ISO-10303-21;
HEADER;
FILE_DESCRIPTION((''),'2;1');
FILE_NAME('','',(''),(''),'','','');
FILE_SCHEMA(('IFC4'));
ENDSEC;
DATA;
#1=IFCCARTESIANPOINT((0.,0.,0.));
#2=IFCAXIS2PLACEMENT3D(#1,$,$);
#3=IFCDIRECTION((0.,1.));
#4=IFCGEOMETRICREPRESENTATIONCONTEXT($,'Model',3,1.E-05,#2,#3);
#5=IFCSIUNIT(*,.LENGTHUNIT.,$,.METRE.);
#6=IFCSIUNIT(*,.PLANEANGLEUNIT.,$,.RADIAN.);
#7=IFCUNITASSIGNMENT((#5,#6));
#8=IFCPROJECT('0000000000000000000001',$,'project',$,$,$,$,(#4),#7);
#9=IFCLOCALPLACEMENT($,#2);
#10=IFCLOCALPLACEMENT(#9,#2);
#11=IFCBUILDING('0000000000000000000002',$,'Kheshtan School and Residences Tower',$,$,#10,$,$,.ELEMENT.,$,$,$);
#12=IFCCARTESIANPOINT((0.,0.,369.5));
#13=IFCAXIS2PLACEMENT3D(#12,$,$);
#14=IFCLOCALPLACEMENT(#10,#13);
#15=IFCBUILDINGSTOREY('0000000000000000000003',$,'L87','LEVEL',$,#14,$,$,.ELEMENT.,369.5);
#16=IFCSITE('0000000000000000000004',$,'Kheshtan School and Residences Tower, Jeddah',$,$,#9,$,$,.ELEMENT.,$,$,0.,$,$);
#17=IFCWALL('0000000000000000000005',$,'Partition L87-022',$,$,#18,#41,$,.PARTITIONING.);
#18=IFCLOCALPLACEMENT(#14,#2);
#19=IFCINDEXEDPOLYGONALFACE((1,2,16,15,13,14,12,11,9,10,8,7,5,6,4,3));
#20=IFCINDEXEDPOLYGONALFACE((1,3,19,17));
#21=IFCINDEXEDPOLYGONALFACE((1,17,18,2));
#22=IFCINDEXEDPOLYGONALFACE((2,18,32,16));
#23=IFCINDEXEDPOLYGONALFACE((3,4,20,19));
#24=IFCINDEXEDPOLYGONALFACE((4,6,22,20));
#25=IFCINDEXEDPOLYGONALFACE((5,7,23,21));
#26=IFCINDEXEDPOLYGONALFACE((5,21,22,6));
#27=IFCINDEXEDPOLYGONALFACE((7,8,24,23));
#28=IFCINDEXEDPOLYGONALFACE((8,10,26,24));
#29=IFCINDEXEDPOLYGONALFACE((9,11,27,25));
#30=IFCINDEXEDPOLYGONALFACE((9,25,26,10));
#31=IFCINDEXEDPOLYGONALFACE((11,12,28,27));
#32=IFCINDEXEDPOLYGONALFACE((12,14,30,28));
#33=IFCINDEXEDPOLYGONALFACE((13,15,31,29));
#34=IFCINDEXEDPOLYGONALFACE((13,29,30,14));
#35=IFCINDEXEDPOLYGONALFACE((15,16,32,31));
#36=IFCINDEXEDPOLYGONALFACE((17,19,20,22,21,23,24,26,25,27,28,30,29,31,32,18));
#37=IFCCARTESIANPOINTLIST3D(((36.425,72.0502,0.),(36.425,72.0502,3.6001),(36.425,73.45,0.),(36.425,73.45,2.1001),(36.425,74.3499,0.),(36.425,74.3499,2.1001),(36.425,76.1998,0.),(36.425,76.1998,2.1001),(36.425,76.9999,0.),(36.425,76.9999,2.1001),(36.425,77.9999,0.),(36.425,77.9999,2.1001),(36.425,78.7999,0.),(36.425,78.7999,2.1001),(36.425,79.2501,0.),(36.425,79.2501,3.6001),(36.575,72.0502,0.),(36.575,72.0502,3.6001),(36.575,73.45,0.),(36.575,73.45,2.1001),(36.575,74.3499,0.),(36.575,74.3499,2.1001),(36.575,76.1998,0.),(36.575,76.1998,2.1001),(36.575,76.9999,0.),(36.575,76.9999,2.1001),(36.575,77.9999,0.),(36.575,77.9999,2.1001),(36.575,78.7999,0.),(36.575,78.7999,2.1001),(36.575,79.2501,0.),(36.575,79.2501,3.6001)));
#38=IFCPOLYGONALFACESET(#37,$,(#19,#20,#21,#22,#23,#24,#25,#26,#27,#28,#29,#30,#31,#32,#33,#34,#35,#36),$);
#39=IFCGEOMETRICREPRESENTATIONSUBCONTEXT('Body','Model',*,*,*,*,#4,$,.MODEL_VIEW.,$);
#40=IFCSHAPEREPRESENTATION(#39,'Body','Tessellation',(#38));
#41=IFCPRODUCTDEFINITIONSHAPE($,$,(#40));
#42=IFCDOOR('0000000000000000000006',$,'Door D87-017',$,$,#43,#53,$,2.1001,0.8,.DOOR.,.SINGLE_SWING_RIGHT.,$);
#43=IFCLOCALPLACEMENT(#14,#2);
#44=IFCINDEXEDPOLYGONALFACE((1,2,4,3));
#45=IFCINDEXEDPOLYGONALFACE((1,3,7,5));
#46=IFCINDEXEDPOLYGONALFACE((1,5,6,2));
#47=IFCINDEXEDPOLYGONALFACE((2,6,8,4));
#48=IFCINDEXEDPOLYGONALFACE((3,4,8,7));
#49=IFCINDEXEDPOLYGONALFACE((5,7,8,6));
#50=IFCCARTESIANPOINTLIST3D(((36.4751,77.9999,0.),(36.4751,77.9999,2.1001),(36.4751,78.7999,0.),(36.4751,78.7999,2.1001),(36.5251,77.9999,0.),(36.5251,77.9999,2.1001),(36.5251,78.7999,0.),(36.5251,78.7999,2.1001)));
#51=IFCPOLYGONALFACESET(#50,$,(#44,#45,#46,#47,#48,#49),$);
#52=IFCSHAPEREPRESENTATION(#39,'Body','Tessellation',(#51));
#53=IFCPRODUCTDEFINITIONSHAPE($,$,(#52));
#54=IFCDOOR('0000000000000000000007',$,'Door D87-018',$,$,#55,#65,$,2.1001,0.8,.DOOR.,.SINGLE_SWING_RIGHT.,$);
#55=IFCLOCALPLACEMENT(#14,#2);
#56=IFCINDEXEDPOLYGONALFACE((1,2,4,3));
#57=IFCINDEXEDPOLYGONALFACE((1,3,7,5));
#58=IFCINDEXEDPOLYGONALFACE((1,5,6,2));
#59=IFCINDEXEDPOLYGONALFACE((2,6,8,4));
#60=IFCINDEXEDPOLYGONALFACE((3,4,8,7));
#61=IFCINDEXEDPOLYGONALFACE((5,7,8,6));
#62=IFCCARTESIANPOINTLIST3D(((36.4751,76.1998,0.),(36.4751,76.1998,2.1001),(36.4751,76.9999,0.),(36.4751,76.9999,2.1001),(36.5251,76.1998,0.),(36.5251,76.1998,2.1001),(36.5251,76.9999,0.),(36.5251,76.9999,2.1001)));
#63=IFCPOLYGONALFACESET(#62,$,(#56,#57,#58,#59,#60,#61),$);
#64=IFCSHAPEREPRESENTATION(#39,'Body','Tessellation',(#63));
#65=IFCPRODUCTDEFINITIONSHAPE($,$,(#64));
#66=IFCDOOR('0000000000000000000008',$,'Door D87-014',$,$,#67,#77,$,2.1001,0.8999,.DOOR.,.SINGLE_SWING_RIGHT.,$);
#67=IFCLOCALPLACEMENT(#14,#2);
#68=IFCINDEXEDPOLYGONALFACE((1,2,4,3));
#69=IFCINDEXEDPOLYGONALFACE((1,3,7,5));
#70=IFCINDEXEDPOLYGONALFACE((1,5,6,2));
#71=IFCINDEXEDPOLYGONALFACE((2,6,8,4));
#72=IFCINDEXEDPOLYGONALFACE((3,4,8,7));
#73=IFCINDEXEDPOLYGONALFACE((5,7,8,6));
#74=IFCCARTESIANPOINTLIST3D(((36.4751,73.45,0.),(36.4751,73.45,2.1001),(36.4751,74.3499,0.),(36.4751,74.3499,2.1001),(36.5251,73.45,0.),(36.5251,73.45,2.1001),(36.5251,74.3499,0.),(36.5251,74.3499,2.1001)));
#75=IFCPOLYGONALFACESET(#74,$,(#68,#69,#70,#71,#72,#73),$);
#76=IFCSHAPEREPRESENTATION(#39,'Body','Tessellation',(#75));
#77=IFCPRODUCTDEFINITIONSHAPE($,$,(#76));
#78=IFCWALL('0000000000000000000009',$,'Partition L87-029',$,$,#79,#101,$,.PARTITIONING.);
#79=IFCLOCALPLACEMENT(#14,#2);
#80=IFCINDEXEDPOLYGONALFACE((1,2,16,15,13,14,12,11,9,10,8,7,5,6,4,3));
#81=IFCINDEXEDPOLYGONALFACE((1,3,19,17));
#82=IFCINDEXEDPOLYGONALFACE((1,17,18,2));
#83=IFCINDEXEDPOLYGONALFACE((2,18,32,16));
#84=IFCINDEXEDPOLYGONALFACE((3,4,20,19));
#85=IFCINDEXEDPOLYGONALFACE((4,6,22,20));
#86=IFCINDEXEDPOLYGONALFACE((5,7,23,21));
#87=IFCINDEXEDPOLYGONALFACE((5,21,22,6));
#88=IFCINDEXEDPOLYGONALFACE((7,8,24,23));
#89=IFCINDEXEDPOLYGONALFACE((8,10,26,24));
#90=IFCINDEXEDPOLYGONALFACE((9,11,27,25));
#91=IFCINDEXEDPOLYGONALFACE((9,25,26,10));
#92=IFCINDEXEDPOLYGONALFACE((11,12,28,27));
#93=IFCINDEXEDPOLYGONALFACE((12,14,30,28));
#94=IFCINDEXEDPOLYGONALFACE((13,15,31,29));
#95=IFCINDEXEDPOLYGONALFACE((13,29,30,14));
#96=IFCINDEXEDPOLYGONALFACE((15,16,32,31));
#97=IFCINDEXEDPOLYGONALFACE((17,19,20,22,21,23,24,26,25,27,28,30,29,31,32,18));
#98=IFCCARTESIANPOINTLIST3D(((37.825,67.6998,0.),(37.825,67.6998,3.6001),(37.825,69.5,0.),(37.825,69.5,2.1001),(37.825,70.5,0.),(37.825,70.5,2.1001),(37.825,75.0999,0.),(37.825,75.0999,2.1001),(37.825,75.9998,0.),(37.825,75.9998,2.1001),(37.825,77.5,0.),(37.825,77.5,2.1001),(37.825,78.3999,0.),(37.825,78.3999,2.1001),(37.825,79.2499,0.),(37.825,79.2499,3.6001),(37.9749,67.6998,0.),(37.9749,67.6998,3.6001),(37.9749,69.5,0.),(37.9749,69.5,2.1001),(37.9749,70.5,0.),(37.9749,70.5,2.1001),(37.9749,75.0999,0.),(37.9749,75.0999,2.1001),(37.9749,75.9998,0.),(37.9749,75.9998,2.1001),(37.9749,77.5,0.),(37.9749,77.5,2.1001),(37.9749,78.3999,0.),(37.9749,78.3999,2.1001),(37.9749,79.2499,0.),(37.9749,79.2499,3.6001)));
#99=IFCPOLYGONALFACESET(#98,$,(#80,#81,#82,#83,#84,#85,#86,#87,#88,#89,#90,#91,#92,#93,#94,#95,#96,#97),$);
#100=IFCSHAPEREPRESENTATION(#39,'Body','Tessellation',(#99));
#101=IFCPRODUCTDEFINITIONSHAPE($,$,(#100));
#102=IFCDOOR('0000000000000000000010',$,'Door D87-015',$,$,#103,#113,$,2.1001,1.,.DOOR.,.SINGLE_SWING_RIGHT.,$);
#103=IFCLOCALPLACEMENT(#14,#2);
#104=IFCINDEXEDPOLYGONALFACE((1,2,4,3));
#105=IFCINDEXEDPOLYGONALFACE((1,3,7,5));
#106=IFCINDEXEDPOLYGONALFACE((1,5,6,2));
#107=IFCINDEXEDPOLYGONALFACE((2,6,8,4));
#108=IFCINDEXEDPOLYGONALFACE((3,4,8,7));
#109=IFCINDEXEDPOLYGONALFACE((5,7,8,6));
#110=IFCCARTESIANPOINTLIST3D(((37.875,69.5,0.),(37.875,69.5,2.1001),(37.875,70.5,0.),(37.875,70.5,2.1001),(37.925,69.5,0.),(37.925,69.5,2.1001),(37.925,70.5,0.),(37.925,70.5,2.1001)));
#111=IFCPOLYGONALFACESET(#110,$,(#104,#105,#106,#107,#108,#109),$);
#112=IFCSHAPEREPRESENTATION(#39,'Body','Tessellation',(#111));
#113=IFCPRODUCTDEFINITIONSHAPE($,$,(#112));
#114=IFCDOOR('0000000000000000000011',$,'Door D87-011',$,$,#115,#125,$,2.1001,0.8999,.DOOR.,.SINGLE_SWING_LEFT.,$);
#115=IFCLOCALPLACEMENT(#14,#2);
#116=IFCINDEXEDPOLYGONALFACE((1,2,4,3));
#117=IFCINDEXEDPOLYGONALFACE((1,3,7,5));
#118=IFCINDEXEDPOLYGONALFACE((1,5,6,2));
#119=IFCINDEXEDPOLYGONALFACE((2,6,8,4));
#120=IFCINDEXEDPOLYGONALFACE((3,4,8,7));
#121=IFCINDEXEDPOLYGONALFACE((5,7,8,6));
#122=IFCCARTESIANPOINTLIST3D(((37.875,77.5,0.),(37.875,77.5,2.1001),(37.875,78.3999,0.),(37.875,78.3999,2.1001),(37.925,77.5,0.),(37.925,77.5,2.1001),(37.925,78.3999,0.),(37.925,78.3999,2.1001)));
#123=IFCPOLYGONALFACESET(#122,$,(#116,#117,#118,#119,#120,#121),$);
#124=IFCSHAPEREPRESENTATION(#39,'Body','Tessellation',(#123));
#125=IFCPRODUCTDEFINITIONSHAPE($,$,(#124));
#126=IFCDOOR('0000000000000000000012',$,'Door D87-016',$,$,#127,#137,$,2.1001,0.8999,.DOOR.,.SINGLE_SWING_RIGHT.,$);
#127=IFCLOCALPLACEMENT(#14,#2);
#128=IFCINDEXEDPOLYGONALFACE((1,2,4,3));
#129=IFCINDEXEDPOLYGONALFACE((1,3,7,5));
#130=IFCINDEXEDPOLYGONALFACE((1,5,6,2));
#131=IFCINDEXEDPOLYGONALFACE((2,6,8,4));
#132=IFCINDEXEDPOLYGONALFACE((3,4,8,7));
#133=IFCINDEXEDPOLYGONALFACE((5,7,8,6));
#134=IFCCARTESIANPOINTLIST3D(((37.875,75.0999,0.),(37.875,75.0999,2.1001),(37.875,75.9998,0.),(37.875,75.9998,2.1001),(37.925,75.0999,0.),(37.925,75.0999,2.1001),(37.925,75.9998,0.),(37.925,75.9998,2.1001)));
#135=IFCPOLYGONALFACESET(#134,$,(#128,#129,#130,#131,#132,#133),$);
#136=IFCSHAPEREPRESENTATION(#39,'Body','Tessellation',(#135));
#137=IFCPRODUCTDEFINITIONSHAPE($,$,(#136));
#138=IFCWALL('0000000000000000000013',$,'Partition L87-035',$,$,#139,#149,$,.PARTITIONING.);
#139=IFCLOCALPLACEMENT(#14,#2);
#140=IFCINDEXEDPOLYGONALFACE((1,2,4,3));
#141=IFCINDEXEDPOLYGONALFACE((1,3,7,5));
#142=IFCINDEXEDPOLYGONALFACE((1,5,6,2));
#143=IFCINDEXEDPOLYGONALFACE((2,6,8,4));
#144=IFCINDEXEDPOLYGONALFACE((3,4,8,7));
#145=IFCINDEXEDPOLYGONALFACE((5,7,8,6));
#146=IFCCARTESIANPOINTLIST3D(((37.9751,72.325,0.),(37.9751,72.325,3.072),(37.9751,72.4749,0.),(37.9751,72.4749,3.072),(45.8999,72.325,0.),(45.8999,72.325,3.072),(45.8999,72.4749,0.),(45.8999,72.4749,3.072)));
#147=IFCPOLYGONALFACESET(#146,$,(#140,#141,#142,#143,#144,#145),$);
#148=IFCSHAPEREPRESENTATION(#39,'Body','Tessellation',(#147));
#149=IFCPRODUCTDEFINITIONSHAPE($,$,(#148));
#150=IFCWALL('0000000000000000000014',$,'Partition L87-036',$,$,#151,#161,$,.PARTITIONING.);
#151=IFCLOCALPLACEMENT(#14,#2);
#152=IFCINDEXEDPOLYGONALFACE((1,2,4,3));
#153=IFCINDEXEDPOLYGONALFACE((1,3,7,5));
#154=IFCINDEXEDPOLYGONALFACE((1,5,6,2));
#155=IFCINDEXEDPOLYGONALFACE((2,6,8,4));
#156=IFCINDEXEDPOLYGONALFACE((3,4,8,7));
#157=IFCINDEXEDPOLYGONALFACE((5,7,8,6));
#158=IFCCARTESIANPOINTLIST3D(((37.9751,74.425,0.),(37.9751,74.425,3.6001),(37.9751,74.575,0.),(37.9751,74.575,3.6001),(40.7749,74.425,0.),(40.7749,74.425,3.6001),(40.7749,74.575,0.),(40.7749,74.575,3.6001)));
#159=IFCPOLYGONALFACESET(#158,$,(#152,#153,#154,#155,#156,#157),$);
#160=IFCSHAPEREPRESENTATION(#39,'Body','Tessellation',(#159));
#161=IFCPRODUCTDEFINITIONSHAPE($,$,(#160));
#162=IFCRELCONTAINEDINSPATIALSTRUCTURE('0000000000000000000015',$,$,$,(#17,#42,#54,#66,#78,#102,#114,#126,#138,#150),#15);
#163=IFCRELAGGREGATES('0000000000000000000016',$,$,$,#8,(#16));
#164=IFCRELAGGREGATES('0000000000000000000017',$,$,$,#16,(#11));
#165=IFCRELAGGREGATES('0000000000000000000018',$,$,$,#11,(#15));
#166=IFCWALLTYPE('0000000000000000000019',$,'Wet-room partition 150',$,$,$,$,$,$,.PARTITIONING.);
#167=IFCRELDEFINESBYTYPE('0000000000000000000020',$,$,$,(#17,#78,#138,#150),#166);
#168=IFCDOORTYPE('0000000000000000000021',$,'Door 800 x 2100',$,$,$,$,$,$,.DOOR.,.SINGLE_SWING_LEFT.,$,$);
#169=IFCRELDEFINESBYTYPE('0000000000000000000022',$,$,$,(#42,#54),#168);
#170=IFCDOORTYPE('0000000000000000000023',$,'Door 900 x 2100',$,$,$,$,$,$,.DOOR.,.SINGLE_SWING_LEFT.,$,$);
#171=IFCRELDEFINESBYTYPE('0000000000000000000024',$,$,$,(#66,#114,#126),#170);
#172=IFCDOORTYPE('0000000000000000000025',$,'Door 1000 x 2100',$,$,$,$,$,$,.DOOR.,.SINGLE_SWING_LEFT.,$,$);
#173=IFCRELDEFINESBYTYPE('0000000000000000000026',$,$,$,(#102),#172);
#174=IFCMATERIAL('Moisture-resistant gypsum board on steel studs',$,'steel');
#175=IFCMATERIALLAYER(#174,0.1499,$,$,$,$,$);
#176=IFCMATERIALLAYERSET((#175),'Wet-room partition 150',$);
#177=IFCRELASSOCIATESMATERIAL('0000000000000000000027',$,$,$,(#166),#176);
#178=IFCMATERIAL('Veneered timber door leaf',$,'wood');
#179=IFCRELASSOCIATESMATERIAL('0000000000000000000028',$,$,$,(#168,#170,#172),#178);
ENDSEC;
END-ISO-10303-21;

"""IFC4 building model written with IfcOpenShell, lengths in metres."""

from ifc_helpers import new_model, si_unit, direction, frame, frame_2d, origin, place, context, subcontext, project, spatial, rectangle, extrude, source, transform, mapped, material, layer, layer_set, type_object, element, fill, save


model = new_model("IFC4")

# Units and contexts
model_context = context("Model", 3, precision=1e-05, world=origin(), true_north=direction((0.0, 1.0)))
body_context = subcontext(model_context, "Body", "Model", "MODEL_VIEW")
ifc_project = project(units=[si_unit("LENGTHUNIT", "METRE"), si_unit("PLANEANGLEUNIT", "RADIAN")], contexts=[model_context])

# Site, building, storey
site_placement = place(None, origin())
site = spatial("IfcSite", under=ifc_project, at=site_placement, Name="Kheshtan School and Residences Tower, Jeddah", CompositionType="ELEMENT", RefElevation=0.0)
building_placement = place(site_placement, origin())
building = spatial("IfcBuilding", under=site, at=building_placement, Name="Kheshtan School and Residences Tower", CompositionType="ELEMENT")
storey_placement = place(building_placement, frame((0.0, 0.0, 369.5)))
storey = spatial("IfcBuildingStorey", under=building, at=storey_placement, Name="L87", Description="LEVEL", CompositionType="ELEMENT", Elevation=369.5)

# Shared definitions
ifc_material_1 = material(Name="Moisture-resistant gypsum board on steel studs", Category="steel")
ifc_layer_1 = layer(ifc_material_1, 0.1499)
ifc_layer_set_1 = layer_set([ifc_layer_1], Name="Wet-room partition 150")
wall_type_1 = type_object("IfcWallType", Name="Wet-room partition 150", PredefinedType="PARTITIONING", material=ifc_layer_set_1)

# Shared definitions
ifc_material_2 = material(Name="Veneered timber door leaf", Category="wood")
door_type_1 = type_object("IfcDoorType", Name="Door 800 x 2100", OperationType="SINGLE_SWING_LEFT", PredefinedType="DOOR", material=ifc_material_2)
shared_shape_1 = source(origin(), body_context, "Body", "SweptSolid", [
    extrude(rectangle(XDim=0.8, YDim=2.1001, at=frame_2d((0.3999, 1.05))), frame((0.0, 0.0249, 0.0), z_axis=(0.0, -1.0, 0.0), x_axis=(1.0, 0.0, 0.0)), (0.0, 0.0, 1.0), 0.05),
])

# Walls, openings, doors
wall_1_placement = place(storey_placement, frame((36.5, 72.05, 0.0), z_axis=(0.0, 0.0, 1.0), x_axis=(0.0, 1.0, 0.0)))
wall_1 = element("IfcWall", 1, at=wall_1_placement, inside=storey, type_object=wall_type_1, Name="Partition L87-022", PredefinedType="PARTITIONING", context=body_context, shape_type="SweptSolid", body=[
    extrude(rectangle(XDim=7.2, YDim=0.1499, at=frame_2d((3.6001, 0.0))), origin(), (0.0, 0.0, 1.0), 3.6001),
])
opening_1_placement = place(wall_1_placement, frame((1.3999, 0.0, 0.0)))
opening_1 = element("IfcOpeningElement", 2, at=opening_1_placement, cuts=wall_1, PredefinedType="OPENING", context=body_context, shape_type="SweptSolid", body=[
    extrude(rectangle(XDim=0.8999, YDim=2.1001, at=frame_2d((0.45, 1.05))), frame((0.0, 0.085, 0.0), z_axis=(0.0, -1.0, 0.0), x_axis=(1.0, 0.0, 0.0)), (0.0, 0.0, 1.0), 0.1699),
])
opening_2_placement = place(wall_1_placement, frame((5.95, 0.0, 0.0)))
opening_2 = element("IfcOpeningElement", 3, at=opening_2_placement, cuts=wall_1, PredefinedType="OPENING", context=body_context, shape_type="SweptSolid", body=[
    extrude(rectangle(XDim=0.8, YDim=2.1001, at=frame_2d((0.3999, 1.05))), frame((0.0, 0.085, 0.0), z_axis=(0.0, -1.0, 0.0), x_axis=(1.0, 0.0, 0.0)), (0.0, 0.0, 1.0), 0.1699),
])
opening_3_placement = place(wall_1_placement, frame((4.1499, 0.0, 0.0)))
opening_3 = element("IfcOpeningElement", 4, at=opening_3_placement, cuts=wall_1, PredefinedType="OPENING", context=body_context, shape_type="SweptSolid", body=[
    extrude(rectangle(XDim=0.8, YDim=2.1001, at=frame_2d((0.3999, 1.05))), frame((0.0, 0.085, 0.0), z_axis=(0.0, -1.0, 0.0), x_axis=(1.0, 0.0, 0.0)), (0.0, 0.0, 1.0), 0.1699),
])
door_1_placement = place(opening_2_placement, origin())
door_1 = element("IfcDoor", 5, at=door_1_placement, inside=storey, type_object=door_type_1, Name="Door D87-017", OperationType="SINGLE_SWING_RIGHT", OverallHeight=2.1001, OverallWidth=0.8, PredefinedType="DOOR", context=body_context, shape_type="MappedRepresentation", body=[
    mapped(shared_shape_1, transform((0.0, 0.0, 0.0), x_axis=(1.0, 0.0, 0.0), y_axis=(0.0, 1.0, 0.0), z_axis=(0.0, 0.0, 1.0), scale=1.0)),
])
fill(opening_2, door_1)
door_2_placement = place(opening_3_placement, origin())
door_2 = element("IfcDoor", 6, at=door_2_placement, inside=storey, type_object=door_type_1, Name="Door D87-018", OperationType="SINGLE_SWING_RIGHT", OverallHeight=2.1001, OverallWidth=0.8, PredefinedType="DOOR", context=body_context, shape_type="MappedRepresentation", body=[
    mapped(shared_shape_1, transform((0.0, 0.0, 0.0), x_axis=(1.0, 0.0, 0.0), y_axis=(0.0, 1.0, 0.0), z_axis=(0.0, 0.0, 1.0), scale=1.0)),
])
fill(opening_3, door_2)
door_type_2 = type_object("IfcDoorType", Name="Door 900 x 2100", OperationType="SINGLE_SWING_LEFT", PredefinedType="DOOR", material=ifc_material_2)
shared_shape_2 = source(origin(), body_context, "Body", "SweptSolid", [
    extrude(rectangle(XDim=0.8999, YDim=2.1001, at=frame_2d((0.45, 1.05))), frame((0.0, 0.0249, 0.0), z_axis=(0.0, -1.0, 0.0), x_axis=(1.0, 0.0, 0.0)), (0.0, 0.0, 1.0), 0.05),
])
door_3_placement = place(opening_1_placement, origin())
door_3 = element("IfcDoor", 7, at=door_3_placement, inside=storey, type_object=door_type_2, Name="Door D87-014", OperationType="SINGLE_SWING_RIGHT", OverallHeight=2.1001, OverallWidth=0.8999, PredefinedType="DOOR", context=body_context, shape_type="MappedRepresentation", body=[
    mapped(shared_shape_2, transform((0.0, 0.0, 0.0), x_axis=(1.0, 0.0, 0.0), y_axis=(0.0, 1.0, 0.0), z_axis=(0.0, 0.0, 1.0), scale=1.0)),
])
fill(opening_1, door_3)
wall_2_placement = place(storey_placement, frame((37.8999, 67.7, 0.0), z_axis=(0.0, 0.0, 1.0), x_axis=(0.0, 1.0, 0.0)))
wall_2 = element("IfcWall", 8, at=wall_2_placement, inside=storey, type_object=wall_type_1, Name="Partition L87-029", PredefinedType="PARTITIONING", context=body_context, shape_type="SweptSolid", body=[
    extrude(rectangle(XDim=11.55, YDim=0.1499, at=frame_2d((5.7749, 0.0))), origin(), (0.0, 0.0, 1.0), 3.6001),
])
opening_4_placement = place(wall_2_placement, frame((9.8, 0.0, 0.0)))
opening_4 = element("IfcOpeningElement", 9, at=opening_4_placement, cuts=wall_2, PredefinedType="OPENING", context=body_context, shape_type="SweptSolid", body=[
    extrude(rectangle(XDim=0.8999, YDim=2.1001, at=frame_2d((0.45, 1.05))), frame((0.0, 0.085, 0.0), z_axis=(0.0, -1.0, 0.0), x_axis=(1.0, 0.0, 0.0)), (0.0, 0.0, 1.0), 0.1699),
])
opening_5_placement = place(wall_2_placement, frame((1.8, 0.0, 0.0)))
opening_5 = element("IfcOpeningElement", 10, at=opening_5_placement, cuts=wall_2, PredefinedType="OPENING", context=body_context, shape_type="SweptSolid", body=[
    extrude(rectangle(XDim=1.0, YDim=2.1001, at=frame_2d((0.5, 1.05))), frame((0.0, 0.085, 0.0), z_axis=(0.0, -1.0, 0.0), x_axis=(1.0, 0.0, 0.0)), (0.0, 0.0, 1.0), 0.1699),
])
opening_6_placement = place(wall_2_placement, frame((7.3999, 0.0, 0.0)))
opening_6 = element("IfcOpeningElement", 11, at=opening_6_placement, cuts=wall_2, PredefinedType="OPENING", context=body_context, shape_type="SweptSolid", body=[
    extrude(rectangle(XDim=0.8999, YDim=2.1001, at=frame_2d((0.45, 1.05))), frame((0.0, 0.085, 0.0), z_axis=(0.0, -1.0, 0.0), x_axis=(1.0, 0.0, 0.0)), (0.0, 0.0, 1.0), 0.1699),
])
door_type_3 = type_object("IfcDoorType", Name="Door 1000 x 2100", OperationType="SINGLE_SWING_LEFT", PredefinedType="DOOR", material=ifc_material_2)
shared_shape_3 = source(origin(), body_context, "Body", "SweptSolid", [
    extrude(rectangle(XDim=1.0, YDim=2.1001, at=frame_2d((0.5, 1.05))), frame((0.0, 0.0249, 0.0), z_axis=(0.0, -1.0, 0.0), x_axis=(1.0, 0.0, 0.0)), (0.0, 0.0, 1.0), 0.05),
])
door_4_placement = place(opening_5_placement, origin())
door_4 = element("IfcDoor", 12, at=door_4_placement, inside=storey, type_object=door_type_3, Name="Door D87-015", OperationType="SINGLE_SWING_RIGHT", OverallHeight=2.1001, OverallWidth=1.0, PredefinedType="DOOR", context=body_context, shape_type="MappedRepresentation", body=[
    mapped(shared_shape_3, transform((0.0, 0.0, 0.0), x_axis=(1.0, 0.0, 0.0), y_axis=(0.0, 1.0, 0.0), z_axis=(0.0, 0.0, 1.0), scale=1.0)),
])
fill(opening_5, door_4)
door_5_placement = place(opening_4_placement, origin())
door_5 = element("IfcDoor", 13, at=door_5_placement, inside=storey, type_object=door_type_2, Name="Door D87-011", OperationType="SINGLE_SWING_LEFT", OverallHeight=2.1001, OverallWidth=0.8999, PredefinedType="DOOR", context=body_context, shape_type="MappedRepresentation", body=[
    mapped(shared_shape_2, transform((0.0, 0.0, 0.0), x_axis=(1.0, 0.0, 0.0), y_axis=(0.0, 1.0, 0.0), z_axis=(0.0, 0.0, 1.0), scale=1.0)),
])
fill(opening_4, door_5)
door_6_placement = place(opening_6_placement, origin())
door_6 = element("IfcDoor", 14, at=door_6_placement, inside=storey, type_object=door_type_2, Name="Door D87-016", OperationType="SINGLE_SWING_RIGHT", OverallHeight=2.1001, OverallWidth=0.8999, PredefinedType="DOOR", context=body_context, shape_type="MappedRepresentation", body=[
    mapped(shared_shape_2, transform((0.0, 0.0, 0.0), x_axis=(1.0, 0.0, 0.0), y_axis=(0.0, 1.0, 0.0), z_axis=(0.0, 0.0, 1.0), scale=1.0)),
])
fill(opening_6, door_6)

# Walls
wall_3_placement = place(storey_placement, frame((37.9751, 72.3999, 0.0), z_axis=(0.0, 0.0, 1.0), x_axis=(1.0, 0.0, 0.0)))
element("IfcWall", 15, at=wall_3_placement, inside=storey, type_object=wall_type_1, Name="Partition L87-035", PredefinedType="PARTITIONING", context=body_context, shape_type="SweptSolid", body=[
    extrude(rectangle(XDim=7.9248, YDim=0.1499, at=frame_2d((3.9624, 0.0))), origin(), (0.0, 0.0, 1.0), 3.072),
])
wall_4_placement = place(storey_placement, frame((37.9751, 74.5, 0.0), z_axis=(0.0, 0.0, 1.0), x_axis=(1.0, 0.0, 0.0)))
element("IfcWall", 16, at=wall_4_placement, inside=storey, type_object=wall_type_1, Name="Partition L87-036", PredefinedType="PARTITIONING", context=body_context, shape_type="SweptSolid", body=[
    extrude(rectangle(XDim=2.7998, YDim=0.1499, at=frame_2d((1.3999, 0.0))), origin(), (0.0, 0.0, 1.0), 3.6001),
])

save(model, "model.ifc")
